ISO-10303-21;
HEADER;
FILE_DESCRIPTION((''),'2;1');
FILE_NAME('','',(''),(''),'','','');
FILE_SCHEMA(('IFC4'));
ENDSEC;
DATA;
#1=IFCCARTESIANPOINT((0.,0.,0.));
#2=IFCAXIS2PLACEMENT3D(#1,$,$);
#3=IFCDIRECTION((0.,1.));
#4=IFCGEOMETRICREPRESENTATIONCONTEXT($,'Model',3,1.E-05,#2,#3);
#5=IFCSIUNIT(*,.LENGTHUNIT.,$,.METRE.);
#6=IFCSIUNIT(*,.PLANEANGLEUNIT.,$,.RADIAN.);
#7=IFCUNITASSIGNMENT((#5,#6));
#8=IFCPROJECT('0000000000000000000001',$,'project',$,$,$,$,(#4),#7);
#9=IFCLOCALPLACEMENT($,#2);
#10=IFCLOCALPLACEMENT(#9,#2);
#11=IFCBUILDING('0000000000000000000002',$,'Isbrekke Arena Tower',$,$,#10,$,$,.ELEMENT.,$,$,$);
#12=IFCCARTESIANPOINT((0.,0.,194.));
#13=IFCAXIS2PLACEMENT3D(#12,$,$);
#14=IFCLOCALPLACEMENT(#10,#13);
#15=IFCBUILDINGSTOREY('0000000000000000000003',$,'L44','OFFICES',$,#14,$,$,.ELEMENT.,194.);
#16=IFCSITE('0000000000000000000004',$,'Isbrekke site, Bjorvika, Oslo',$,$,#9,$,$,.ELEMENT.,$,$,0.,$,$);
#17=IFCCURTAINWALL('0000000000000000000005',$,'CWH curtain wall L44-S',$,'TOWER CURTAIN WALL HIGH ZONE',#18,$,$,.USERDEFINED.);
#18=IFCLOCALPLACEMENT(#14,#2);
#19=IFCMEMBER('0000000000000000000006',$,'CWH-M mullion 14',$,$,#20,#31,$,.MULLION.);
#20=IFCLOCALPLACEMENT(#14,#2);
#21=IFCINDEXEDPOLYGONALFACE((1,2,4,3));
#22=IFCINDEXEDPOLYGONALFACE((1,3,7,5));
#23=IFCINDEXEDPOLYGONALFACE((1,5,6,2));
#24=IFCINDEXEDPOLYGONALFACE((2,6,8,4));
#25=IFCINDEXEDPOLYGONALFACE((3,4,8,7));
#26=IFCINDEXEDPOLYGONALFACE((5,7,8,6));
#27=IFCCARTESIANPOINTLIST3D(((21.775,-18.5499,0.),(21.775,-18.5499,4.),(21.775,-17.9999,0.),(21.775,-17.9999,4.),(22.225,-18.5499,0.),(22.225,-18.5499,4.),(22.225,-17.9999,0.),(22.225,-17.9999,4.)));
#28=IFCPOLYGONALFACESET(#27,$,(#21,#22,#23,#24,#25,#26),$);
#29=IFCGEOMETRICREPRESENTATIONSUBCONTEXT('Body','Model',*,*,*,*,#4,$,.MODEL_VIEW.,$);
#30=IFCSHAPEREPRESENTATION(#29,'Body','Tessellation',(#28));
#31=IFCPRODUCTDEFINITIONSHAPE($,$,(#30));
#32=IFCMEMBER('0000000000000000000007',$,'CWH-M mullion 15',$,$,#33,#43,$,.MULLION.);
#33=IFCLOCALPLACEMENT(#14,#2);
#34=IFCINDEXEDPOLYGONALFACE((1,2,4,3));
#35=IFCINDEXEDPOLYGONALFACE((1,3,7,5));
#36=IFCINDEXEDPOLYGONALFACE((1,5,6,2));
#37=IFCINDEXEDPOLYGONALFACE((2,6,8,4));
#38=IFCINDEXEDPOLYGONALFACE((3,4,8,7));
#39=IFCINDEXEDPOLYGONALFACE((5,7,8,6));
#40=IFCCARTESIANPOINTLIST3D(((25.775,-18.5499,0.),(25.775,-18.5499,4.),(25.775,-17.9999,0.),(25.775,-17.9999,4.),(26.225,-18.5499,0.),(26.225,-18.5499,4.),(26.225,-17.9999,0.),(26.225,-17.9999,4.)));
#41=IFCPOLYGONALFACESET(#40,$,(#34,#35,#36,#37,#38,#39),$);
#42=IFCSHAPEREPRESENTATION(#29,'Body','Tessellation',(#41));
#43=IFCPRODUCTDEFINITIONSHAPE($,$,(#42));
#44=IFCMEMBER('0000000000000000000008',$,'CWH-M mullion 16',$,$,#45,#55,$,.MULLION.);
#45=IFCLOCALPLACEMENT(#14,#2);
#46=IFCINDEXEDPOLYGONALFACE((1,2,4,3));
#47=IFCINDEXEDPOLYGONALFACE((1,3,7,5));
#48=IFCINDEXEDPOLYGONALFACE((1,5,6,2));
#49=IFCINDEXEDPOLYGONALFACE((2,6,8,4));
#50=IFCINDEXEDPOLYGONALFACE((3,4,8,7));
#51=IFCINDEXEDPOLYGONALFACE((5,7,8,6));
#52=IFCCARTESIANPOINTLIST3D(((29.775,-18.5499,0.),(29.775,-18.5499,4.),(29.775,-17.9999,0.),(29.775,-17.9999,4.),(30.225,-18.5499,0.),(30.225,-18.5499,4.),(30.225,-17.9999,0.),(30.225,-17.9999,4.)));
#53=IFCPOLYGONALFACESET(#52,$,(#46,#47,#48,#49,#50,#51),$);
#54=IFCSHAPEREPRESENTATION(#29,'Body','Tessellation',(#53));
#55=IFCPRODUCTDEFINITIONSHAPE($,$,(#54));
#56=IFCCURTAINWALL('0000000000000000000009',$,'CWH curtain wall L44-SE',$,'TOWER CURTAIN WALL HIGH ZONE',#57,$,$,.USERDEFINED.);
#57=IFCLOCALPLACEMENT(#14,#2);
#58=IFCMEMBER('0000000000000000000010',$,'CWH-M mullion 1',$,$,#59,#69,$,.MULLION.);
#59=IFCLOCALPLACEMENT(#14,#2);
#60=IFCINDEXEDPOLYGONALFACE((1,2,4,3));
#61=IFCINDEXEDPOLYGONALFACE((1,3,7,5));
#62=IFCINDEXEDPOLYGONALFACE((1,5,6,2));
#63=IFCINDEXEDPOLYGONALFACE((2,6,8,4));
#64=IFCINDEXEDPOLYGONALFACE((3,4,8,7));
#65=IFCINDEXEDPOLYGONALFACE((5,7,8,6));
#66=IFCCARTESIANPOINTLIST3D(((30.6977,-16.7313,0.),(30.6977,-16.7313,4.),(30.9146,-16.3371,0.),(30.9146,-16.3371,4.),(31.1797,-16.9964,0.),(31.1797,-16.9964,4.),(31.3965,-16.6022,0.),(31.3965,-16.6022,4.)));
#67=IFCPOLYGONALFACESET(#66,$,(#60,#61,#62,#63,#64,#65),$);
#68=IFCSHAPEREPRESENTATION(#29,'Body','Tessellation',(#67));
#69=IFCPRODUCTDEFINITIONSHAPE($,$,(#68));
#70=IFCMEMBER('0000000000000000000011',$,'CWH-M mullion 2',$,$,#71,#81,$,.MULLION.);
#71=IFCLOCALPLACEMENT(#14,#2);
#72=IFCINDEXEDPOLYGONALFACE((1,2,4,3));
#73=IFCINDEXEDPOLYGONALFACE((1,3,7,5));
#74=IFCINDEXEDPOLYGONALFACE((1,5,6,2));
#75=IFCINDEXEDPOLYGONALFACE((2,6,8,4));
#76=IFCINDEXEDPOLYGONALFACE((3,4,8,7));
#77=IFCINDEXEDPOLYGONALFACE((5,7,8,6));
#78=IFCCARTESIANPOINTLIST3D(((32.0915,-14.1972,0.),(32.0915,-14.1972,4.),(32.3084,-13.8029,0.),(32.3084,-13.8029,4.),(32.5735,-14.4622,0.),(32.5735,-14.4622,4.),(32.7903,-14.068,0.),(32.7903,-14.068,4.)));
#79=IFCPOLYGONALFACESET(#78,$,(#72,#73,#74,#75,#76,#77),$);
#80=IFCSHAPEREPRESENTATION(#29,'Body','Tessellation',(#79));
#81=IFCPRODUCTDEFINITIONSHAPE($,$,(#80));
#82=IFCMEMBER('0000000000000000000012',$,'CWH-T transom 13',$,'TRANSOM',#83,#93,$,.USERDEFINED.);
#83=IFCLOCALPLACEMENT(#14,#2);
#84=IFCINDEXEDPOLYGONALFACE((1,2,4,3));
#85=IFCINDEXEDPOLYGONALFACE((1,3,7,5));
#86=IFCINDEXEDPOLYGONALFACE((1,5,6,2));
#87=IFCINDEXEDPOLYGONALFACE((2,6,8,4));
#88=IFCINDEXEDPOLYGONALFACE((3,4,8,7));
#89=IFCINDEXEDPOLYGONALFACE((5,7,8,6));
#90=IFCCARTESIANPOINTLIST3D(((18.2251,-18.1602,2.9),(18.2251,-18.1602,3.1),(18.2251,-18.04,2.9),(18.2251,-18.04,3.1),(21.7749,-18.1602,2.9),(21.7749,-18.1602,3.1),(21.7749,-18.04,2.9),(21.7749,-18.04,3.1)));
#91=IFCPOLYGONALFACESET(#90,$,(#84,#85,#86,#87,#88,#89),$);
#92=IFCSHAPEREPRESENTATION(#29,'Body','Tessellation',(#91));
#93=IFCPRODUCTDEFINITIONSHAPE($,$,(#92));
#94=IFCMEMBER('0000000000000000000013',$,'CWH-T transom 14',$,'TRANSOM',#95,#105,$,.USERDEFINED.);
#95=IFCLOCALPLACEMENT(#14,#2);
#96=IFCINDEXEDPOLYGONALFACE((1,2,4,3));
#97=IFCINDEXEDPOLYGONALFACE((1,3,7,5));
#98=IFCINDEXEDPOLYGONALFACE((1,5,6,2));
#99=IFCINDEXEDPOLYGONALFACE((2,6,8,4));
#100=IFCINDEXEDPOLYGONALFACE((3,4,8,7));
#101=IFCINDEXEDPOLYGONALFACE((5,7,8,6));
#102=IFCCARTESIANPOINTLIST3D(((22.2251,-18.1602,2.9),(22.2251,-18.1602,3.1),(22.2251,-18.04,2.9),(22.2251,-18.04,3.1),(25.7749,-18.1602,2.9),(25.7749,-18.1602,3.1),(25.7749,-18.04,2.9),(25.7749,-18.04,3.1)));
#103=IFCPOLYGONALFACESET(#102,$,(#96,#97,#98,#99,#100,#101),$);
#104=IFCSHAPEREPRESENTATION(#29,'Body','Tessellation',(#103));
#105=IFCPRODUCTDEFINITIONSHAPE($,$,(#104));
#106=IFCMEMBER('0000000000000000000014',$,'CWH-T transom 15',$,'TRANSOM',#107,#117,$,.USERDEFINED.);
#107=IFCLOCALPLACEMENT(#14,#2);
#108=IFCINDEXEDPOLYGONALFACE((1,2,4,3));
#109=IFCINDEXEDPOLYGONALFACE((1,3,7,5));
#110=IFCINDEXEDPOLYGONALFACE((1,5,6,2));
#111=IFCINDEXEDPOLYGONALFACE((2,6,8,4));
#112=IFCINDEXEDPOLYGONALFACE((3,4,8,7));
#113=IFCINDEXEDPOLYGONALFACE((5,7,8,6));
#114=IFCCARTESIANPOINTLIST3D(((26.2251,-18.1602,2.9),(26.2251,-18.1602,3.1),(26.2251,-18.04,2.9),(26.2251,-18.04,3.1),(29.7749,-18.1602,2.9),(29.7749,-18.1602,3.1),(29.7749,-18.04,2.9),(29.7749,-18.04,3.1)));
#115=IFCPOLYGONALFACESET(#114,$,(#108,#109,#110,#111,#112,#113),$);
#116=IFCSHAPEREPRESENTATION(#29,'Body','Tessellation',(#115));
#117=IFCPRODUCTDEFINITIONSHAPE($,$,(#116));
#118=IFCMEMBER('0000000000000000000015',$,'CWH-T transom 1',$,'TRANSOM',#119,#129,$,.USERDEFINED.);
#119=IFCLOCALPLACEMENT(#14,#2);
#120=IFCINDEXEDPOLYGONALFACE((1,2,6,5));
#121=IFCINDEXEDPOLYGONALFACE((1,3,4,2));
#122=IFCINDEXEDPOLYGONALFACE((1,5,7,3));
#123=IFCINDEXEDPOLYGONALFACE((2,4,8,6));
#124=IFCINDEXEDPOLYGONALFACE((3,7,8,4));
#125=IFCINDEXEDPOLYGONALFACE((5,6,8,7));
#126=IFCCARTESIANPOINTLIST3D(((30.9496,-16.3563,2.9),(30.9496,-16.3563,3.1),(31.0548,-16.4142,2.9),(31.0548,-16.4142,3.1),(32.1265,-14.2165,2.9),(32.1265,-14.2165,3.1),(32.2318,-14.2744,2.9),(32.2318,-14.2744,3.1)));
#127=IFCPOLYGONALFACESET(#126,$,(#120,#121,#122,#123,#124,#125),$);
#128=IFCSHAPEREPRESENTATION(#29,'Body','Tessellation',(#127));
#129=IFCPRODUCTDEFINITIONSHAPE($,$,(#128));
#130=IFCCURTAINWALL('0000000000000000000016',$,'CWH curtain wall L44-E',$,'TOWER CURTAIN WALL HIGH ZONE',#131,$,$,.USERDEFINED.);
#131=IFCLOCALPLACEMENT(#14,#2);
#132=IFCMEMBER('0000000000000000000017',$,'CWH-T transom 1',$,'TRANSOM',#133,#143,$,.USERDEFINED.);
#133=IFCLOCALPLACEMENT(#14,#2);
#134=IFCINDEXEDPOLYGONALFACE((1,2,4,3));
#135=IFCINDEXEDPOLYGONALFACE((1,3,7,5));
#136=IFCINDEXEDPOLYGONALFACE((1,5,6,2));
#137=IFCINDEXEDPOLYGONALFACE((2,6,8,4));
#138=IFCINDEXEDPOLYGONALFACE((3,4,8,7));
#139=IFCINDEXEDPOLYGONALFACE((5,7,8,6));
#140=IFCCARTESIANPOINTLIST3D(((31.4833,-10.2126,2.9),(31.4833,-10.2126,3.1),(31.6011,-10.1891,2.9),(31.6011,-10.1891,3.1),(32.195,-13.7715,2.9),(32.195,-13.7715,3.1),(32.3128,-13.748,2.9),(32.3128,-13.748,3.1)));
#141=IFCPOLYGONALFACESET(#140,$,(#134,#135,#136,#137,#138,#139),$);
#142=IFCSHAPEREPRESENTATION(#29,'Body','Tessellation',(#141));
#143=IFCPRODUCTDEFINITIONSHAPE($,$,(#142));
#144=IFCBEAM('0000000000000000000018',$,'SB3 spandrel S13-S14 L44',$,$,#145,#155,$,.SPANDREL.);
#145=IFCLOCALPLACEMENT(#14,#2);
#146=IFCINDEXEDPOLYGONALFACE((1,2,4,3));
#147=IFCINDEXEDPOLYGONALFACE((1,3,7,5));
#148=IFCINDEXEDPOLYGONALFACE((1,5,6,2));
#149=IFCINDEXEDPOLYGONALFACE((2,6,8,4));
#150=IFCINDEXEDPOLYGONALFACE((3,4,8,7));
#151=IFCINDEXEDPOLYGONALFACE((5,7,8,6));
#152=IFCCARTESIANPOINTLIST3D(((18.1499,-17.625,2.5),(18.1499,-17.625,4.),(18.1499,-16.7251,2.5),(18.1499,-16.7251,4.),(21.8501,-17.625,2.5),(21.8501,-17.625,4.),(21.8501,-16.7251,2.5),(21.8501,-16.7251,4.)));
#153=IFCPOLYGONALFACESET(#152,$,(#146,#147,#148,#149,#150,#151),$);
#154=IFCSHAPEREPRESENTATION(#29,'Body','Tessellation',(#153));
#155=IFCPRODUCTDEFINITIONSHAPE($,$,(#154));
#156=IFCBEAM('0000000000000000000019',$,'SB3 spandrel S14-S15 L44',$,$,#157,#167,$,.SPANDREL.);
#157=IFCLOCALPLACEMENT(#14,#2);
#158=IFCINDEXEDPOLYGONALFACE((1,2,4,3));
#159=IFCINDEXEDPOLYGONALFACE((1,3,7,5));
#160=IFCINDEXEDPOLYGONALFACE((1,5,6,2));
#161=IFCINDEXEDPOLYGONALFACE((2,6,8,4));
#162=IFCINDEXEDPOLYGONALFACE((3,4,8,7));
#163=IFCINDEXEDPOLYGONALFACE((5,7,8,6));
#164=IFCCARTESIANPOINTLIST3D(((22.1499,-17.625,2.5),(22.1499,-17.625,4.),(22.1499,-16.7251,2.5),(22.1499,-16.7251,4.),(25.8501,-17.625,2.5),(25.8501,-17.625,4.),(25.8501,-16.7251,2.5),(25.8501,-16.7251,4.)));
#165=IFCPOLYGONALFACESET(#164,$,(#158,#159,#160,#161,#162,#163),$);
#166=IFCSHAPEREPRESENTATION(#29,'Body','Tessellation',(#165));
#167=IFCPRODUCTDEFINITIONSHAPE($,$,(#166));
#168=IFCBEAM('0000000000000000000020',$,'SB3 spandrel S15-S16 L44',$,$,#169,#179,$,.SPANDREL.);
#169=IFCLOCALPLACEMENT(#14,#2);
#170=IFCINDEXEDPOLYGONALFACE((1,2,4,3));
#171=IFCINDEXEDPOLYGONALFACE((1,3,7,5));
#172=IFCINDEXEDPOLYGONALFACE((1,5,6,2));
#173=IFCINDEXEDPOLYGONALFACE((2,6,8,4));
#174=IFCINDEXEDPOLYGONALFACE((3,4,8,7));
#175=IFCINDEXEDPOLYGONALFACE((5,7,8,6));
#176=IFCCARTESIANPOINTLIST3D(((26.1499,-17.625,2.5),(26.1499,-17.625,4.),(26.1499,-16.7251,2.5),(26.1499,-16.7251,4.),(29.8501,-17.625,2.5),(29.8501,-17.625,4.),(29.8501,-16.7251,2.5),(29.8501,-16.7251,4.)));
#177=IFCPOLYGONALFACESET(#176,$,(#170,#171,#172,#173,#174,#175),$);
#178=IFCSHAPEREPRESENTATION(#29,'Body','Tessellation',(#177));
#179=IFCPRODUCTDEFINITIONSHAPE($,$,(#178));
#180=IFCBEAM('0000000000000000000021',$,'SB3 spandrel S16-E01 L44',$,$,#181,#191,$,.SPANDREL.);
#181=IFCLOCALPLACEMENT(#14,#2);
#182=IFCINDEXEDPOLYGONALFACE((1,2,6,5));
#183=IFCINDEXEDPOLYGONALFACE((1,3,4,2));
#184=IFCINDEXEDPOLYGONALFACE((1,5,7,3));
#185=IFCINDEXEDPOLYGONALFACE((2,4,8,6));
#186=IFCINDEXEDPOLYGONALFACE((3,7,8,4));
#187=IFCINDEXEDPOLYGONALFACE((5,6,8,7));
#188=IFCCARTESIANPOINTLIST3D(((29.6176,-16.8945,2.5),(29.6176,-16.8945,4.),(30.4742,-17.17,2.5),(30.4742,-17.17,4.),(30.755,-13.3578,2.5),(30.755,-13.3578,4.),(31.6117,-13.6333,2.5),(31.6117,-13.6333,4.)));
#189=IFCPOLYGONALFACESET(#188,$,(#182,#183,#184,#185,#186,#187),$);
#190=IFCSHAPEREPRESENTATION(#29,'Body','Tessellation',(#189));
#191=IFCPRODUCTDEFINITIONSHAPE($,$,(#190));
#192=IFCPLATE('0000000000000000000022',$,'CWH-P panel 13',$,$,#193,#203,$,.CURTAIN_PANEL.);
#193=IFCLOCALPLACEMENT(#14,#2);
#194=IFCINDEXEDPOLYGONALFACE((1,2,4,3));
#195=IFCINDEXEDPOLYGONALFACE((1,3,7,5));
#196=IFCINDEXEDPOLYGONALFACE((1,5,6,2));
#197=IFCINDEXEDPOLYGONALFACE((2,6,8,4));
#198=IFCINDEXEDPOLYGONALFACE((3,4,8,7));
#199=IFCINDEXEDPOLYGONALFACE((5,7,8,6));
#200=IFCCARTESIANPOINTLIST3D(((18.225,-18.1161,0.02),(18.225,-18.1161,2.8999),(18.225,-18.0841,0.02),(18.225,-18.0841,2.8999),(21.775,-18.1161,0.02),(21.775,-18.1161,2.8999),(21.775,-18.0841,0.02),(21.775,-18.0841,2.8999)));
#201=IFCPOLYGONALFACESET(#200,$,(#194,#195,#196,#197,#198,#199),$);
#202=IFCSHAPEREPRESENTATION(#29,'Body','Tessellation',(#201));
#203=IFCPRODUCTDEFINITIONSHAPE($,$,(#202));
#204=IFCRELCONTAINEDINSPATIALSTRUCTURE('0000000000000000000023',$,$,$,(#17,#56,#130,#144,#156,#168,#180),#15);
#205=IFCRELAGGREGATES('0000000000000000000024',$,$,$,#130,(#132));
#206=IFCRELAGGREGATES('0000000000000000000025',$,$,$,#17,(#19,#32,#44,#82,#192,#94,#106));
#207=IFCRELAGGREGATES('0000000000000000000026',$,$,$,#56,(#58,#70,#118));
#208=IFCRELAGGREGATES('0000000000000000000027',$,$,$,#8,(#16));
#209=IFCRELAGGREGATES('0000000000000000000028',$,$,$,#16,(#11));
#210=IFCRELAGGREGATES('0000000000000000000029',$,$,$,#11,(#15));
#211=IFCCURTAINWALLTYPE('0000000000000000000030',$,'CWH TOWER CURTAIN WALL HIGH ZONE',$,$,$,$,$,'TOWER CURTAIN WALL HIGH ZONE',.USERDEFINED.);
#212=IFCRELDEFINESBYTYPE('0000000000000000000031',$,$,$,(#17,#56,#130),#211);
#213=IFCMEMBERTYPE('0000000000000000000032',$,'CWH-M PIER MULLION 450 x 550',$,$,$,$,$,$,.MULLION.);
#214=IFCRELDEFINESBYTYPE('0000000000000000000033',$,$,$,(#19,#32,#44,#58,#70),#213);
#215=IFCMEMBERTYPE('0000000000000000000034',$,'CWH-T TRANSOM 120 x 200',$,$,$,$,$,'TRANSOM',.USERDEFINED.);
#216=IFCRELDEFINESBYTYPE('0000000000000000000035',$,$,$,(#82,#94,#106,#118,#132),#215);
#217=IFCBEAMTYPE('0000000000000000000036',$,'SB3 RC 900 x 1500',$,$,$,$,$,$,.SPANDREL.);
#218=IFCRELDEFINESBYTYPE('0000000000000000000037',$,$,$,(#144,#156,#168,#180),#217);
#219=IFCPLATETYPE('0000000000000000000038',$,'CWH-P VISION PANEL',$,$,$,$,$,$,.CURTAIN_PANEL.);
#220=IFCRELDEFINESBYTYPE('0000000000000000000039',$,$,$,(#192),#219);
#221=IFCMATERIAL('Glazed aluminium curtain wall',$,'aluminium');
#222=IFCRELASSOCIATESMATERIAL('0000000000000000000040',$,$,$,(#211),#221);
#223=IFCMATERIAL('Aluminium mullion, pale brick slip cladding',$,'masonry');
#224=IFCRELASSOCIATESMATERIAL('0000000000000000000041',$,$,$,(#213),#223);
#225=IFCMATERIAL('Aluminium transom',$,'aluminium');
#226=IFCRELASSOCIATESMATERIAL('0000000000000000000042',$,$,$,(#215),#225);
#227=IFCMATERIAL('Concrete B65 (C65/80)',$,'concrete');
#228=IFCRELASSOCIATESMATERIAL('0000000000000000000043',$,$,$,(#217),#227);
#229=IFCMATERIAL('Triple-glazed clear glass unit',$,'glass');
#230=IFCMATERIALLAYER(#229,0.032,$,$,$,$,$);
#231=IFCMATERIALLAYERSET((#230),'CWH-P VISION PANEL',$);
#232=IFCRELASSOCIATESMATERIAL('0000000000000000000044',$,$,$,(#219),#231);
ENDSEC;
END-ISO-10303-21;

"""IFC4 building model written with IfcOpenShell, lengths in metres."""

from ifc_helpers import new_model, si_unit, direction, frame, origin, origin_2d, place, context, subcontext, project, spatial, rectangle, extrude, material, layer, layer_set, material_profile, profile_set, type_object, element, aggregate, save


model = new_model("IFC4")

# Units and contexts
model_context = context("Model", 3, precision=1e-05, world=origin(), true_north=direction((0.0, 1.0)))
body_context = subcontext(model_context, "Body", "Model", "MODEL_VIEW")
ifc_project = project(units=[si_unit("LENGTHUNIT", "METRE"), si_unit("PLANEANGLEUNIT", "RADIAN")], contexts=[model_context])

# Site, building, storey
site_placement = place(None, origin())
site = spatial("IfcSite", under=ifc_project, at=site_placement, Name="Isbrekke site, Bjorvika, Oslo", CompositionType="ELEMENT", RefElevation=0.0)
building_placement = place(site_placement, origin())
building = spatial("IfcBuilding", under=site, at=building_placement, Name="Isbrekke Arena Tower", CompositionType="ELEMENT")
storey_placement = place(building_placement, frame((0.0, 0.0, 194.0)))
storey = spatial("IfcBuildingStorey", under=building, at=storey_placement, Name="L44", Description="OFFICES", CompositionType="ELEMENT", Elevation=194.0)

# Curtain walls, members
ifc_material_1 = material(Name="Glazed aluminium curtain wall", Category="aluminium")
curtain_wall_type = type_object("IfcCurtainWallType", Name="CWH TOWER CURTAIN WALL HIGH ZONE", ElementType="TOWER CURTAIN WALL HIGH ZONE", PredefinedType="USERDEFINED", material=ifc_material_1)
curtain_wall_1_placement = place(storey_placement, origin())
curtain_wall_1 = element("IfcCurtainWall", 1, at=curtain_wall_1_placement, inside=storey, type_object=curtain_wall_type, Name="CWH curtain wall L44-S", ObjectType="TOWER CURTAIN WALL HIGH ZONE", PredefinedType="USERDEFINED")
ifc_material_2 = material(Name="Aluminium mullion, pale brick slip cladding", Category="masonry")
ifc_material_profile_1 = material_profile(ifc_material_2, rectangle(XDim=0.45, YDim=0.55, at=origin_2d()), Name="PIER 450X550")
ifc_profile_set_1 = profile_set([ifc_material_profile_1], Name="Aluminium mullion, pale brick slip cladding")
member_type_1 = type_object("IfcMemberType", Name="CWH-M PIER MULLION 450 x 550", PredefinedType="MULLION", material=ifc_profile_set_1)
member_1_placement = place(storey_placement, frame((22.0, -18.2749, 0.0), z_axis=(0.0, 0.0, 1.0), x_axis=(1.0, 0.0, 0.0)))
member_1 = element("IfcMember", 2, at=member_1_placement, type_object=member_type_1, Name="CWH-M mullion 14", PredefinedType="MULLION", context=body_context, shape_type="SweptSolid", body=[
    extrude(rectangle(XDim=0.45, YDim=0.55, at=origin_2d()), origin(), (0.0, 0.0, 1.0), 4.0),
])
member_2_placement = place(storey_placement, frame((26.0, -18.2749, 0.0), z_axis=(0.0, 0.0, 1.0), x_axis=(1.0, 0.0, 0.0)))
member_2 = element("IfcMember", 3, at=member_2_placement, type_object=member_type_1, Name="CWH-M mullion 15", PredefinedType="MULLION", context=body_context, shape_type="SweptSolid", body=[
    extrude(rectangle(XDim=0.45, YDim=0.55, at=origin_2d()), origin(), (0.0, 0.0, 1.0), 4.0),
])
member_3_placement = place(storey_placement, frame((30.0, -18.2749, 0.0), z_axis=(0.0, 0.0, 1.0), x_axis=(1.0, 0.0, 0.0)))
member_3 = element("IfcMember", 4, at=member_3_placement, type_object=member_type_1, Name="CWH-M mullion 16", PredefinedType="MULLION", context=body_context, shape_type="SweptSolid", body=[
    extrude(rectangle(XDim=0.45, YDim=0.55, at=origin_2d()), origin(), (0.0, 0.0, 1.0), 4.0),
])
curtain_wall_2_placement = place(storey_placement, origin())
curtain_wall_2 = element("IfcCurtainWall", 5, at=curtain_wall_2_placement, inside=storey, type_object=curtain_wall_type, Name="CWH curtain wall L44-SE", ObjectType="TOWER CURTAIN WALL HIGH ZONE", PredefinedType="USERDEFINED")
member_4_placement = place(storey_placement, frame((31.0471, -16.6667, 0.0), z_axis=(0.0, 0.0, 1.0), x_axis=(0.481919, 0.876216, 0.0)))
member_4 = element("IfcMember", 6, at=member_4_placement, type_object=member_type_1, Name="CWH-M mullion 1", PredefinedType="MULLION", context=body_context, shape_type="SweptSolid", body=[
    extrude(rectangle(XDim=0.45, YDim=0.55, at=origin_2d()), origin(), (0.0, 0.0, 1.0), 4.0),
])
member_5_placement = place(storey_placement, frame((32.4409, -14.1326, 0.0), z_axis=(0.0, 0.0, 1.0), x_axis=(0.481919, 0.876216, 0.0)))
member_5 = element("IfcMember", 7, at=member_5_placement, type_object=member_type_1, Name="CWH-M mullion 2", PredefinedType="MULLION", context=body_context, shape_type="SweptSolid", body=[
    extrude(rectangle(XDim=0.45, YDim=0.55, at=origin_2d()), origin(), (0.0, 0.0, 1.0), 4.0),
])

# Members
ifc_material_3 = material(Name="Aluminium transom", Category="aluminium")
ifc_material_profile_2 = material_profile(ifc_material_3, rectangle(XDim=0.1201, YDim=0.2, at=origin_2d()), Name="TRANSOM 120X200")
ifc_profile_set_2 = profile_set([ifc_material_profile_2], Name="Aluminium transom")
member_type_2 = type_object("IfcMemberType", Name="CWH-T TRANSOM 120 x 200", ElementType="TRANSOM", PredefinedType="USERDEFINED", material=ifc_profile_set_2)
member_6_placement = place(storey_placement, frame((18.2251, -18.1001, 3.0), z_axis=(1.0, 0.0, 0.0), x_axis=(0.0, 1.0, 0.0)))
member_6 = element("IfcMember", 8, at=member_6_placement, type_object=member_type_2, Name="CWH-T transom 13", ObjectType="TRANSOM", PredefinedType="USERDEFINED", context=body_context, shape_type="SweptSolid", body=[
    extrude(rectangle(XDim=0.1201, YDim=0.2, at=origin_2d()), origin(), (0.0, 0.0, 1.0), 3.5498),
])
member_7_placement = place(storey_placement, frame((22.2251, -18.1001, 3.0), z_axis=(1.0, 0.0, 0.0), x_axis=(0.0, 1.0, 0.0)))
member_7 = element("IfcMember", 9, at=member_7_placement, type_object=member_type_2, Name="CWH-T transom 14", ObjectType="TRANSOM", PredefinedType="USERDEFINED", context=body_context, shape_type="SweptSolid", body=[
    extrude(rectangle(XDim=0.1201, YDim=0.2, at=origin_2d()), origin(), (0.0, 0.0, 1.0), 3.5498),
])
member_8_placement = place(storey_placement, frame((26.2251, -18.1001, 3.0), z_axis=(1.0, 0.0, 0.0), x_axis=(0.0, 1.0, 0.0)))
member_8 = element("IfcMember", 10, at=member_8_placement, type_object=member_type_2, Name="CWH-T transom 15", ObjectType="TRANSOM", PredefinedType="USERDEFINED", context=body_context, shape_type="SweptSolid", body=[
    extrude(rectangle(XDim=0.1201, YDim=0.2, at=origin_2d()), origin(), (0.0, 0.0, 1.0), 3.5498),
])
member_9_placement = place(storey_placement, frame((31.0022, -16.3853, 3.0), z_axis=(0.481938, 0.876205, 0.0), x_axis=(-0.876205, 0.481938, 0.0)))
member_9 = element("IfcMember", 11, at=member_9_placement, type_object=member_type_2, Name="CWH-T transom 1", ObjectType="TRANSOM", PredefinedType="USERDEFINED", context=body_context, shape_type="SweptSolid", body=[
    extrude(rectangle(XDim=0.1201, YDim=0.2, at=origin_2d()), origin(), (0.0, 0.0, 1.0), 2.4421),
])

# Curtain wall, member
curtain_wall_3_placement = place(storey_placement, origin())
curtain_wall_3 = element("IfcCurtainWall", 12, at=curtain_wall_3_placement, inside=storey, type_object=curtain_wall_type, Name="CWH curtain wall L44-E", ObjectType="TOWER CURTAIN WALL HIGH ZONE", PredefinedType="USERDEFINED")
member_10_placement = place(storey_placement, frame((32.2539, -13.7598, 3.0), z_axis=(-0.19609, 0.980586, 0.0), x_axis=(-0.980586, -0.19609, 0.0)))
member_10 = element("IfcMember", 13, at=member_10_placement, type_object=member_type_2, Name="CWH-T transom 1", ObjectType="TRANSOM", PredefinedType="USERDEFINED", context=body_context, shape_type="SweptSolid", body=[
    extrude(rectangle(XDim=0.1201, YDim=0.2, at=origin_2d()), origin(), (0.0, 0.0, 1.0), 3.6294),
])
aggregate(curtain_wall_3, [member_10])

# Beams
ifc_material_4 = material(Name="Concrete B65 (C65/80)", Category="concrete")
ifc_material_profile_3 = material_profile(ifc_material_4, rectangle(XDim=0.8999, YDim=1.5, at=origin_2d()), Name="RC 900x1500")
ifc_profile_set_3 = profile_set([ifc_material_profile_3], Name="Concrete B65 (C65/80)")
beam_type_1 = type_object("IfcBeamType", Name="SB3 RC 900 x 1500", PredefinedType="SPANDREL", material=ifc_profile_set_3)
for number, where, z_axis, x_axis, name in (
    (14, (18.1499, -17.175, 3.25), (1.0, 0.0, 0.0), (0.0, 1.0, 0.0), "SB3 spandrel S13-S14 L44"),
    (15, (22.1499, -17.175, 3.25), (1.0, 0.0, 0.0), (0.0, 1.0, 0.0), "SB3 spandrel S14-S15 L44"),
    (16, (26.1499, -17.175, 3.25), (1.0, 0.0, 0.0), (0.0, 1.0, 0.0), "SB3 spandrel S15-S16 L44"),
):
    element("IfcBeam", number, at=place(storey_placement, frame(where, z_axis=z_axis, x_axis=x_axis)), inside=storey, type_object=beam_type_1, Name=name, PredefinedType="SPANDREL", context=body_context, shape_type="SweptSolid", body=[
        extrude(rectangle(XDim=0.8999, YDim=1.5, at=origin_2d()), origin(), (0.0, 0.0, 1.0), 3.7002),
    ])
beam_1_placement = place(storey_placement, frame((30.0459, -17.0322, 3.25), z_axis=(0.306175, 0.951975, 0.0), x_axis=(-0.951975, 0.306175, 0.0)))
element("IfcBeam", 17, at=beam_1_placement, inside=storey, type_object=beam_type_1, Name="SB3 spandrel S16-E01 L44", PredefinedType="SPANDREL", context=body_context, shape_type="SweptSolid", body=[
    extrude(rectangle(XDim=0.8999, YDim=1.5, at=origin_2d()), origin(), (0.0, 0.0, 1.0), 3.7151),
])

# Plate
ifc_material_5 = material(Name="Triple-glazed clear glass unit", Category="glass")
ifc_layer = layer(ifc_material_5, 0.032)
ifc_layer_set = layer_set([ifc_layer], Name="CWH-P VISION PANEL")
plate_type = type_object("IfcPlateType", Name="CWH-P VISION PANEL", PredefinedType="CURTAIN_PANEL", material=ifc_layer_set)
plate_1_placement = place(storey_placement, frame((20.0, -18.1001, 0.02), z_axis=(0.0, 0.0, 1.0), x_axis=(1.0, 0.0, 0.0)))
plate_1 = element("IfcPlate", 18, at=plate_1_placement, type_object=plate_type, Name="CWH-P panel 13", PredefinedType="CURTAIN_PANEL", context=body_context, shape_type="SweptSolid", body=[
    extrude(rectangle(XDim=3.55, YDim=0.032, at=origin_2d()), origin(), (0.0, 0.0, 1.0), 2.8799),
])
aggregate(curtain_wall_1, [member_1, member_2, member_3, member_6, plate_1, member_7, member_8])
aggregate(curtain_wall_2, [member_4, member_5, member_9])

save(model, "model.ifc")
